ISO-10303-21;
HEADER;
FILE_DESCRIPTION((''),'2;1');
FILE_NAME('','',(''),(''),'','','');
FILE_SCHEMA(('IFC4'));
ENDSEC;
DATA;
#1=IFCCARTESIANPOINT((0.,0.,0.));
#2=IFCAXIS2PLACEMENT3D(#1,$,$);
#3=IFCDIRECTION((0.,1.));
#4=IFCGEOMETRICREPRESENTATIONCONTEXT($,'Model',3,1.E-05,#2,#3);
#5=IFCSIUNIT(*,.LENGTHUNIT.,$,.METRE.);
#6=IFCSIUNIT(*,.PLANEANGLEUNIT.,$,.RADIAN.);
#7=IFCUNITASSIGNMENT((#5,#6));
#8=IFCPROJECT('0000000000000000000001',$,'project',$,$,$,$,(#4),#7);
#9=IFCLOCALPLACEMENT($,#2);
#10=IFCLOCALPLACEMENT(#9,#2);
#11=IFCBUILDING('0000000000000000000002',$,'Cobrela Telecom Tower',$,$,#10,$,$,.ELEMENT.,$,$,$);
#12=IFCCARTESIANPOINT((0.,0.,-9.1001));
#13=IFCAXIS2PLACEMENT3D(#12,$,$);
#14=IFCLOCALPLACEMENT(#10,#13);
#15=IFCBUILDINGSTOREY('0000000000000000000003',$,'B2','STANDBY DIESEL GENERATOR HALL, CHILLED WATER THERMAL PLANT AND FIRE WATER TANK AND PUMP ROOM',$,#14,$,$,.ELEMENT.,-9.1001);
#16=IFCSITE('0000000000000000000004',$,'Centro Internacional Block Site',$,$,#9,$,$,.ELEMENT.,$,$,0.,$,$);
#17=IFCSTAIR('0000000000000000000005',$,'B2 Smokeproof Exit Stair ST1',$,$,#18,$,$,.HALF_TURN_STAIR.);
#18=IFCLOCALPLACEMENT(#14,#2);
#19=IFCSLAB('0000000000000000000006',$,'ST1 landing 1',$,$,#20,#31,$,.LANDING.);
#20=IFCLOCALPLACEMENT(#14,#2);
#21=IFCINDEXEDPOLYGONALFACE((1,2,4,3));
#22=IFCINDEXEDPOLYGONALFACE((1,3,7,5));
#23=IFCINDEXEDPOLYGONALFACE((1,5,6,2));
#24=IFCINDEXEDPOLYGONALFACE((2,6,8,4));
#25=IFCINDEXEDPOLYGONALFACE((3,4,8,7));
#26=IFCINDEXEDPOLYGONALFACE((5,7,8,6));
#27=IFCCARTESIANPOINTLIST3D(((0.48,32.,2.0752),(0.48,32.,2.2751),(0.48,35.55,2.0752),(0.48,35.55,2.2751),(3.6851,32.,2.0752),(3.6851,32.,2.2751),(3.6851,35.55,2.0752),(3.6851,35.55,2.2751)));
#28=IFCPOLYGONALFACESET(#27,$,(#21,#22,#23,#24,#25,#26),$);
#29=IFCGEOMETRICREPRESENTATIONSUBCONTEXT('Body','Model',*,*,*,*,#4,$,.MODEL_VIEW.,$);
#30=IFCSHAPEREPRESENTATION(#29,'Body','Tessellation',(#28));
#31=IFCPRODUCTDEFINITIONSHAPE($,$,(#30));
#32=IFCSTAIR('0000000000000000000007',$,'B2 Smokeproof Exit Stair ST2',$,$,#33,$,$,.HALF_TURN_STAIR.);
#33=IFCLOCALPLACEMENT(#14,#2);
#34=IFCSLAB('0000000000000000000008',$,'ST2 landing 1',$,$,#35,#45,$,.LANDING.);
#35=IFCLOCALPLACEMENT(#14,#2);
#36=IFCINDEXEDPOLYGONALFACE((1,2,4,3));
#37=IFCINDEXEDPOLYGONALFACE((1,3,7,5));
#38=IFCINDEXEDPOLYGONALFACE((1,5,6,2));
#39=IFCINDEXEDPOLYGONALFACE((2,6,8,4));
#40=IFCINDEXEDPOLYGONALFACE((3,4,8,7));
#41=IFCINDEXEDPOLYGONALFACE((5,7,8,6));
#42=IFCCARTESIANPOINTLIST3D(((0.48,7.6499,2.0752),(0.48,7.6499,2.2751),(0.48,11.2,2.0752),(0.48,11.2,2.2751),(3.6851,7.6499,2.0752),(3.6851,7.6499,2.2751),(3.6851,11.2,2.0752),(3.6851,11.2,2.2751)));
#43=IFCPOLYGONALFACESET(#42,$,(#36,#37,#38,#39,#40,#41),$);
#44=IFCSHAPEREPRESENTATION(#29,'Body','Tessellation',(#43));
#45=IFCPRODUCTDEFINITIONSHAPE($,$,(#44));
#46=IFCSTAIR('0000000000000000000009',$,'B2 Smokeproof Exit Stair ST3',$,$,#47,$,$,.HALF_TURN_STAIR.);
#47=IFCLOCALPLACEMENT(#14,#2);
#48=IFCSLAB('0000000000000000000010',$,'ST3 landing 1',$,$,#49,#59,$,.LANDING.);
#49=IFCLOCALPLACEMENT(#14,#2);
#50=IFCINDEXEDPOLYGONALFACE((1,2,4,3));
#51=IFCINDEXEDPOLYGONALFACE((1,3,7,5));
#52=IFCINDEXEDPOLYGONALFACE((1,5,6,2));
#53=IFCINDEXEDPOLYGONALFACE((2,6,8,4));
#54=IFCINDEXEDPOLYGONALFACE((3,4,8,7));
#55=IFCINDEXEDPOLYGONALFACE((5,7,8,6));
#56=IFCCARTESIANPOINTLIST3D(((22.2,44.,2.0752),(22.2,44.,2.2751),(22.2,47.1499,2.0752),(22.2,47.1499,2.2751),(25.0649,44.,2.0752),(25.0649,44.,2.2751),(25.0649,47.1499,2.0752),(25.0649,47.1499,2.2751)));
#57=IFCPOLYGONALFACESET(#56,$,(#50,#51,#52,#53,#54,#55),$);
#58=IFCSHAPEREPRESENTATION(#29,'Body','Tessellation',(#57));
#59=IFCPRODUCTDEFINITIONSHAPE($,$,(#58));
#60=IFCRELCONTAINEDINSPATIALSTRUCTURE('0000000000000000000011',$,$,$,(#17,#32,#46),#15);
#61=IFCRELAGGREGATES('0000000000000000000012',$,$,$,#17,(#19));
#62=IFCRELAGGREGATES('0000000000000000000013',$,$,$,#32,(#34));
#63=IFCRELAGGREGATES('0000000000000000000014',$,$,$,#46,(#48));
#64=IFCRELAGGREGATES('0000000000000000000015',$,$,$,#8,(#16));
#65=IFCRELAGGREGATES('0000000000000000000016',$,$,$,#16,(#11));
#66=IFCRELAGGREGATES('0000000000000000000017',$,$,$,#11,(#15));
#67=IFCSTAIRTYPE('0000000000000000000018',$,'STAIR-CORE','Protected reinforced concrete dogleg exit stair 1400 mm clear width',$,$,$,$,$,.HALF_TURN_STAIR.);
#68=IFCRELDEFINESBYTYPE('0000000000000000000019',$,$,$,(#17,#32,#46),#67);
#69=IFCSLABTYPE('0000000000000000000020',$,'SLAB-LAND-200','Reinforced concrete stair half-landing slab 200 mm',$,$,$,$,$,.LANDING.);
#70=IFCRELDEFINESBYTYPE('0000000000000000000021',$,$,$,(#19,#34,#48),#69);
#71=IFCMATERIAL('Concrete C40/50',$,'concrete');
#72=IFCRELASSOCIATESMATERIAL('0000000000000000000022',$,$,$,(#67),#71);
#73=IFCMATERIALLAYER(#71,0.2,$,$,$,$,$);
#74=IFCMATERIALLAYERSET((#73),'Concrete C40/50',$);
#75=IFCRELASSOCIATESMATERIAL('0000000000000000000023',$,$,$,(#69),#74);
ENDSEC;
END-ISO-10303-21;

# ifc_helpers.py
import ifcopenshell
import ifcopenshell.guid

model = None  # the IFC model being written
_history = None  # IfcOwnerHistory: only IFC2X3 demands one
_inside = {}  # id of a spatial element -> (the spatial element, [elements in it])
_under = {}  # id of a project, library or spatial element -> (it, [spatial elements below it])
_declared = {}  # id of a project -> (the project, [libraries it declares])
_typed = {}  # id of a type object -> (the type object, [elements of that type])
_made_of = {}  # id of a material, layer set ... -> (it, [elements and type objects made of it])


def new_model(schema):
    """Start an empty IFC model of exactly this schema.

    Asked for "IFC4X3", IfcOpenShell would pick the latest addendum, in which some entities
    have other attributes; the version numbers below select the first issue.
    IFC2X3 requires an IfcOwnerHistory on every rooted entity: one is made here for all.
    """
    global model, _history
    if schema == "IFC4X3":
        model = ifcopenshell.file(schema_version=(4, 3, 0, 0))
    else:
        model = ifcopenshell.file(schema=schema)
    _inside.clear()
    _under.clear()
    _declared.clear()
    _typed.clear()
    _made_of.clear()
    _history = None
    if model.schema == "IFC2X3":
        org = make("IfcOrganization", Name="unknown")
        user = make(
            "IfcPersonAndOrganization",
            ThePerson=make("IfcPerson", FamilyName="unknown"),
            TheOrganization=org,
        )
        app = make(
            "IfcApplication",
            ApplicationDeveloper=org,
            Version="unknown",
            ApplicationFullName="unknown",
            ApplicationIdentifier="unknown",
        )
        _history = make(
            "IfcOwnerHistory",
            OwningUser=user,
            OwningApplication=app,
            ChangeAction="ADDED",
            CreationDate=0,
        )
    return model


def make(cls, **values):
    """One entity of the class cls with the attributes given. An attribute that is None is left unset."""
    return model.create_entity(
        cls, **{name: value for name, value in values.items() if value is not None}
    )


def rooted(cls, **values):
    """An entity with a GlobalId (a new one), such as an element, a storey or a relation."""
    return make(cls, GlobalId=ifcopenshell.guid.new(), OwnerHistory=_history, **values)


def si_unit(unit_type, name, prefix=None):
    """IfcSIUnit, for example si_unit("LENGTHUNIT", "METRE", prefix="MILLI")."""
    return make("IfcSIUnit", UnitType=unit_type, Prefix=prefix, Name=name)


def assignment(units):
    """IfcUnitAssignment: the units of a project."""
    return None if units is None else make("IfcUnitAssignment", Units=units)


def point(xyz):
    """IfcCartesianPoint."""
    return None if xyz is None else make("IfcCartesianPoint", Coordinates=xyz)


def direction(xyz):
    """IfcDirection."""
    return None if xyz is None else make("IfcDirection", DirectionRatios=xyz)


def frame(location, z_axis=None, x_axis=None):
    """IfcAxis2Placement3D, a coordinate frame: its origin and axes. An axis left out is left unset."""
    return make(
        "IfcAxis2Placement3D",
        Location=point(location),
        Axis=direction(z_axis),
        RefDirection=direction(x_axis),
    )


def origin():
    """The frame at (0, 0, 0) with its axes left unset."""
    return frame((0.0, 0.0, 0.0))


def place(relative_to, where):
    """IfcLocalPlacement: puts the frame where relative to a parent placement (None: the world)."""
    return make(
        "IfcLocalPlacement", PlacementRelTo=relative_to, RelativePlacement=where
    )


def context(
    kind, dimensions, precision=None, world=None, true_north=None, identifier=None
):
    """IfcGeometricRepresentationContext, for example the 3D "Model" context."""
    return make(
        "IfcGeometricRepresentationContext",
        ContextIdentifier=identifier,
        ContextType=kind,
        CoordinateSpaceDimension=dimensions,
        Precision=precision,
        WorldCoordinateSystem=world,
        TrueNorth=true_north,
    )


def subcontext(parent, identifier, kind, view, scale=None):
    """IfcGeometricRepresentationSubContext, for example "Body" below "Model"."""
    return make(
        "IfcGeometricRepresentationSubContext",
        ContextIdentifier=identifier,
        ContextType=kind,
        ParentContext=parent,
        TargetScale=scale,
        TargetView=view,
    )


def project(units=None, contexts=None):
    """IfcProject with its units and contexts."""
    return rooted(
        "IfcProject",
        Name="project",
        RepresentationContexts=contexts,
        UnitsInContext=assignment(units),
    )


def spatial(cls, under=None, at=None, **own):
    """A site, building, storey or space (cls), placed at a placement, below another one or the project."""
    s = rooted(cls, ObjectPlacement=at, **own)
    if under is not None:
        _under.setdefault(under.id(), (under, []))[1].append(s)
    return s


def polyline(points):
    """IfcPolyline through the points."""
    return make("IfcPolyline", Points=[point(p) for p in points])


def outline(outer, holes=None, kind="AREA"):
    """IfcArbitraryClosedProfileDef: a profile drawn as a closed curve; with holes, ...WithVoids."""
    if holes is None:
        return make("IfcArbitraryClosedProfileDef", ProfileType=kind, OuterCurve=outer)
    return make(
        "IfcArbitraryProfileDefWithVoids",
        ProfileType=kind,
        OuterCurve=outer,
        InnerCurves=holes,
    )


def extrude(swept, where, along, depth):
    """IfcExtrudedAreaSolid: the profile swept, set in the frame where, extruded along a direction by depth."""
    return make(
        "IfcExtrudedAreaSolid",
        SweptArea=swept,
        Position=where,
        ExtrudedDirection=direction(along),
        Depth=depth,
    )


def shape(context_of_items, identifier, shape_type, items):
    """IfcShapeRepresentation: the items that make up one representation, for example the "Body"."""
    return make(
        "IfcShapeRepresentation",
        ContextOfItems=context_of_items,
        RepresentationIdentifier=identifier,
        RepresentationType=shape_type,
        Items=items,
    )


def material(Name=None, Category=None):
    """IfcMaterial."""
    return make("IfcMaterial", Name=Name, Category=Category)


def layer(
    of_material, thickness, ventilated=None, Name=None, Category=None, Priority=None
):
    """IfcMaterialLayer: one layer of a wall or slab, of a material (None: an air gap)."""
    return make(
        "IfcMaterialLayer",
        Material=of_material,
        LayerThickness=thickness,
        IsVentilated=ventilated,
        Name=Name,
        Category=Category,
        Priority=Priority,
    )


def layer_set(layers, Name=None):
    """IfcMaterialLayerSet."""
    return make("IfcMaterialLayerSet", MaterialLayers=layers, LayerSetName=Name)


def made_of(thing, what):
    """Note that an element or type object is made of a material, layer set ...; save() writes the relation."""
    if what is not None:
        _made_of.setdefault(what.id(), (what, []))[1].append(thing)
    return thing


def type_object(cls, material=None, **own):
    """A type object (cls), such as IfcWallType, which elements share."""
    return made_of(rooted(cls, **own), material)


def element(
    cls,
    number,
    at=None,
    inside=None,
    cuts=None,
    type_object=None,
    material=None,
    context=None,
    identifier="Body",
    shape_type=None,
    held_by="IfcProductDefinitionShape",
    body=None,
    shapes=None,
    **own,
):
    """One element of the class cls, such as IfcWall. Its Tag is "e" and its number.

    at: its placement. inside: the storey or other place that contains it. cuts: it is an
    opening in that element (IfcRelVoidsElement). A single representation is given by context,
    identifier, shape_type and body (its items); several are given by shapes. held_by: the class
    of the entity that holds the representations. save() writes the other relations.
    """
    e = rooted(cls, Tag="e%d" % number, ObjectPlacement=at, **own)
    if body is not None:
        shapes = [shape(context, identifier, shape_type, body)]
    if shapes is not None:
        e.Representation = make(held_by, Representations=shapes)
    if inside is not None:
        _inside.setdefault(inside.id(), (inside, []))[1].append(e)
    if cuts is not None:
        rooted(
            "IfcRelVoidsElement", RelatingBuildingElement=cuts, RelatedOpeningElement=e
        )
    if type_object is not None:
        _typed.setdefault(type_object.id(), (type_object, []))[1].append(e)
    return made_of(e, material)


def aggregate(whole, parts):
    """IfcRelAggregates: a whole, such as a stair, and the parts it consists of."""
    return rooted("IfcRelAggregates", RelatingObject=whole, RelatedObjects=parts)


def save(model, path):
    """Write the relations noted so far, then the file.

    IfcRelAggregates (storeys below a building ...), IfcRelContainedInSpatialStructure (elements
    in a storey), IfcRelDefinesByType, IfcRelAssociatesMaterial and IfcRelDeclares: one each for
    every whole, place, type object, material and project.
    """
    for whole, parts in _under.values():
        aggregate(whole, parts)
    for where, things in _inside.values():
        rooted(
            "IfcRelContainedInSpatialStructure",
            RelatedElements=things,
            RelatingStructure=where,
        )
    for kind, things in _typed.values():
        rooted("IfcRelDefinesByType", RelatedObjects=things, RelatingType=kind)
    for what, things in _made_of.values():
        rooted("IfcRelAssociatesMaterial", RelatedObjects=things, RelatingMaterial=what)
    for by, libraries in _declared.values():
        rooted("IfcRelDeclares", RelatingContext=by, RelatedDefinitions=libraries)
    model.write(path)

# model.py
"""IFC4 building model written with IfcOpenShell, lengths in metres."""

from ifc_helpers import new_model, si_unit, direction, frame, origin, place, context, subcontext, project, spatial, polyline, outline, extrude, material, layer, layer_set, type_object, element, aggregate, save


model = new_model("IFC4")

# Units and contexts
model_context = context("Model", 3, precision=1e-05, world=origin(), true_north=direction((0.0, 1.0)))
body_context = subcontext(model_context, "Body", "Model", "MODEL_VIEW")
ifc_project = project(units=[si_unit("LENGTHUNIT", "METRE"), si_unit("PLANEANGLEUNIT", "RADIAN")], contexts=[model_context])

# Site, building, storey
site_placement = place(None, origin())
site = spatial("IfcSite", under=ifc_project, at=site_placement, Name="Centro Internacional Block Site", CompositionType="ELEMENT", RefElevation=0.0)
building_placement = place(site_placement, origin())
building = spatial("IfcBuilding", under=site, at=building_placement, Name="Cobrela Telecom Tower", CompositionType="ELEMENT")
storey_placement = place(building_placement, frame((0.0, 0.0, -9.1001)))
storey = spatial("IfcBuildingStorey", under=building, at=storey_placement, Name="B2", Description="STANDBY DIESEL GENERATOR HALL, CHILLED WATER THERMAL PLANT AND FIRE WATER TANK AND PUMP ROOM", CompositionType="ELEMENT", Elevation=-9.1001)

# Shared definitions
ifc_material = material(Name="Concrete C40/50", Category="concrete")

# Stairs, slabs
stair_type = type_object("IfcStairType", Name="STAIR-CORE", Description="Protected reinforced concrete dogleg exit stair 1400 mm clear width", PredefinedType="HALF_TURN_STAIR", material=ifc_material)
stair_1_placement = place(storey_placement, origin())
stair_1 = element("IfcStair", 1, at=stair_1_placement, inside=storey, type_object=stair_type, Name="B2 Smokeproof Exit Stair ST1", PredefinedType="HALF_TURN_STAIR")
ifc_layer_1 = layer(ifc_material, 0.2)
ifc_layer_set_1 = layer_set([ifc_layer_1], Name="Concrete C40/50")
slab_type_1 = type_object("IfcSlabType", Name="SLAB-LAND-200", Description="Reinforced concrete stair half-landing slab 200 mm", PredefinedType="LANDING", material=ifc_layer_set_1)
slab_1_placement = place(storey_placement, frame((0.0, 0.0, 2.0752)))
slab_1 = element("IfcSlab", 2, at=slab_1_placement, type_object=slab_type_1, Name="ST1 landing 1", PredefinedType="LANDING", context=body_context, shape_type="SweptSolid", body=[
    extrude(outline(polyline([(3.6851, 35.55), (0.48, 35.55), (0.48, 32.0), (3.6851, 32.0), (3.6851, 35.55)])), origin(), (0.0, 0.0, 1.0), 0.2),
])
aggregate(stair_1, [slab_1])
stair_2_placement = place(storey_placement, origin())
stair_2 = element("IfcStair", 3, at=stair_2_placement, inside=storey, type_object=stair_type, Name="B2 Smokeproof Exit Stair ST2", PredefinedType="HALF_TURN_STAIR")
slab_2_placement = place(storey_placement, frame((0.0, 0.0, 2.0752)))
slab_2 = element("IfcSlab", 4, at=slab_2_placement, type_object=slab_type_1, Name="ST2 landing 1", PredefinedType="LANDING", context=body_context, shape_type="SweptSolid", body=[
    extrude(outline(polyline([(3.6851, 11.2), (0.48, 11.2), (0.48, 7.6499), (3.6851, 7.6499), (3.6851, 11.2)])), origin(), (0.0, 0.0, 1.0), 0.2),
])
aggregate(stair_2, [slab_2])
stair_3_placement = place(storey_placement, origin())
stair_3 = element("IfcStair", 5, at=stair_3_placement, inside=storey, type_object=stair_type, Name="B2 Smokeproof Exit Stair ST3", PredefinedType="HALF_TURN_STAIR")
slab_3_placement = place(storey_placement, frame((0.0, 0.0, 2.0752)))
slab_3 = element("IfcSlab", 6, at=slab_3_placement, type_object=slab_type_1, Name="ST3 landing 1", PredefinedType="LANDING", context=body_context, shape_type="SweptSolid", body=[
    extrude(outline(polyline([(25.0649, 47.1499), (22.2, 47.1499), (22.2, 44.0), (25.0649, 44.0), (25.0649, 47.1499)])), origin(), (0.0, 0.0, 1.0), 0.2),
])
aggregate(stair_3, [slab_3])

save(model, "model.ifc")
